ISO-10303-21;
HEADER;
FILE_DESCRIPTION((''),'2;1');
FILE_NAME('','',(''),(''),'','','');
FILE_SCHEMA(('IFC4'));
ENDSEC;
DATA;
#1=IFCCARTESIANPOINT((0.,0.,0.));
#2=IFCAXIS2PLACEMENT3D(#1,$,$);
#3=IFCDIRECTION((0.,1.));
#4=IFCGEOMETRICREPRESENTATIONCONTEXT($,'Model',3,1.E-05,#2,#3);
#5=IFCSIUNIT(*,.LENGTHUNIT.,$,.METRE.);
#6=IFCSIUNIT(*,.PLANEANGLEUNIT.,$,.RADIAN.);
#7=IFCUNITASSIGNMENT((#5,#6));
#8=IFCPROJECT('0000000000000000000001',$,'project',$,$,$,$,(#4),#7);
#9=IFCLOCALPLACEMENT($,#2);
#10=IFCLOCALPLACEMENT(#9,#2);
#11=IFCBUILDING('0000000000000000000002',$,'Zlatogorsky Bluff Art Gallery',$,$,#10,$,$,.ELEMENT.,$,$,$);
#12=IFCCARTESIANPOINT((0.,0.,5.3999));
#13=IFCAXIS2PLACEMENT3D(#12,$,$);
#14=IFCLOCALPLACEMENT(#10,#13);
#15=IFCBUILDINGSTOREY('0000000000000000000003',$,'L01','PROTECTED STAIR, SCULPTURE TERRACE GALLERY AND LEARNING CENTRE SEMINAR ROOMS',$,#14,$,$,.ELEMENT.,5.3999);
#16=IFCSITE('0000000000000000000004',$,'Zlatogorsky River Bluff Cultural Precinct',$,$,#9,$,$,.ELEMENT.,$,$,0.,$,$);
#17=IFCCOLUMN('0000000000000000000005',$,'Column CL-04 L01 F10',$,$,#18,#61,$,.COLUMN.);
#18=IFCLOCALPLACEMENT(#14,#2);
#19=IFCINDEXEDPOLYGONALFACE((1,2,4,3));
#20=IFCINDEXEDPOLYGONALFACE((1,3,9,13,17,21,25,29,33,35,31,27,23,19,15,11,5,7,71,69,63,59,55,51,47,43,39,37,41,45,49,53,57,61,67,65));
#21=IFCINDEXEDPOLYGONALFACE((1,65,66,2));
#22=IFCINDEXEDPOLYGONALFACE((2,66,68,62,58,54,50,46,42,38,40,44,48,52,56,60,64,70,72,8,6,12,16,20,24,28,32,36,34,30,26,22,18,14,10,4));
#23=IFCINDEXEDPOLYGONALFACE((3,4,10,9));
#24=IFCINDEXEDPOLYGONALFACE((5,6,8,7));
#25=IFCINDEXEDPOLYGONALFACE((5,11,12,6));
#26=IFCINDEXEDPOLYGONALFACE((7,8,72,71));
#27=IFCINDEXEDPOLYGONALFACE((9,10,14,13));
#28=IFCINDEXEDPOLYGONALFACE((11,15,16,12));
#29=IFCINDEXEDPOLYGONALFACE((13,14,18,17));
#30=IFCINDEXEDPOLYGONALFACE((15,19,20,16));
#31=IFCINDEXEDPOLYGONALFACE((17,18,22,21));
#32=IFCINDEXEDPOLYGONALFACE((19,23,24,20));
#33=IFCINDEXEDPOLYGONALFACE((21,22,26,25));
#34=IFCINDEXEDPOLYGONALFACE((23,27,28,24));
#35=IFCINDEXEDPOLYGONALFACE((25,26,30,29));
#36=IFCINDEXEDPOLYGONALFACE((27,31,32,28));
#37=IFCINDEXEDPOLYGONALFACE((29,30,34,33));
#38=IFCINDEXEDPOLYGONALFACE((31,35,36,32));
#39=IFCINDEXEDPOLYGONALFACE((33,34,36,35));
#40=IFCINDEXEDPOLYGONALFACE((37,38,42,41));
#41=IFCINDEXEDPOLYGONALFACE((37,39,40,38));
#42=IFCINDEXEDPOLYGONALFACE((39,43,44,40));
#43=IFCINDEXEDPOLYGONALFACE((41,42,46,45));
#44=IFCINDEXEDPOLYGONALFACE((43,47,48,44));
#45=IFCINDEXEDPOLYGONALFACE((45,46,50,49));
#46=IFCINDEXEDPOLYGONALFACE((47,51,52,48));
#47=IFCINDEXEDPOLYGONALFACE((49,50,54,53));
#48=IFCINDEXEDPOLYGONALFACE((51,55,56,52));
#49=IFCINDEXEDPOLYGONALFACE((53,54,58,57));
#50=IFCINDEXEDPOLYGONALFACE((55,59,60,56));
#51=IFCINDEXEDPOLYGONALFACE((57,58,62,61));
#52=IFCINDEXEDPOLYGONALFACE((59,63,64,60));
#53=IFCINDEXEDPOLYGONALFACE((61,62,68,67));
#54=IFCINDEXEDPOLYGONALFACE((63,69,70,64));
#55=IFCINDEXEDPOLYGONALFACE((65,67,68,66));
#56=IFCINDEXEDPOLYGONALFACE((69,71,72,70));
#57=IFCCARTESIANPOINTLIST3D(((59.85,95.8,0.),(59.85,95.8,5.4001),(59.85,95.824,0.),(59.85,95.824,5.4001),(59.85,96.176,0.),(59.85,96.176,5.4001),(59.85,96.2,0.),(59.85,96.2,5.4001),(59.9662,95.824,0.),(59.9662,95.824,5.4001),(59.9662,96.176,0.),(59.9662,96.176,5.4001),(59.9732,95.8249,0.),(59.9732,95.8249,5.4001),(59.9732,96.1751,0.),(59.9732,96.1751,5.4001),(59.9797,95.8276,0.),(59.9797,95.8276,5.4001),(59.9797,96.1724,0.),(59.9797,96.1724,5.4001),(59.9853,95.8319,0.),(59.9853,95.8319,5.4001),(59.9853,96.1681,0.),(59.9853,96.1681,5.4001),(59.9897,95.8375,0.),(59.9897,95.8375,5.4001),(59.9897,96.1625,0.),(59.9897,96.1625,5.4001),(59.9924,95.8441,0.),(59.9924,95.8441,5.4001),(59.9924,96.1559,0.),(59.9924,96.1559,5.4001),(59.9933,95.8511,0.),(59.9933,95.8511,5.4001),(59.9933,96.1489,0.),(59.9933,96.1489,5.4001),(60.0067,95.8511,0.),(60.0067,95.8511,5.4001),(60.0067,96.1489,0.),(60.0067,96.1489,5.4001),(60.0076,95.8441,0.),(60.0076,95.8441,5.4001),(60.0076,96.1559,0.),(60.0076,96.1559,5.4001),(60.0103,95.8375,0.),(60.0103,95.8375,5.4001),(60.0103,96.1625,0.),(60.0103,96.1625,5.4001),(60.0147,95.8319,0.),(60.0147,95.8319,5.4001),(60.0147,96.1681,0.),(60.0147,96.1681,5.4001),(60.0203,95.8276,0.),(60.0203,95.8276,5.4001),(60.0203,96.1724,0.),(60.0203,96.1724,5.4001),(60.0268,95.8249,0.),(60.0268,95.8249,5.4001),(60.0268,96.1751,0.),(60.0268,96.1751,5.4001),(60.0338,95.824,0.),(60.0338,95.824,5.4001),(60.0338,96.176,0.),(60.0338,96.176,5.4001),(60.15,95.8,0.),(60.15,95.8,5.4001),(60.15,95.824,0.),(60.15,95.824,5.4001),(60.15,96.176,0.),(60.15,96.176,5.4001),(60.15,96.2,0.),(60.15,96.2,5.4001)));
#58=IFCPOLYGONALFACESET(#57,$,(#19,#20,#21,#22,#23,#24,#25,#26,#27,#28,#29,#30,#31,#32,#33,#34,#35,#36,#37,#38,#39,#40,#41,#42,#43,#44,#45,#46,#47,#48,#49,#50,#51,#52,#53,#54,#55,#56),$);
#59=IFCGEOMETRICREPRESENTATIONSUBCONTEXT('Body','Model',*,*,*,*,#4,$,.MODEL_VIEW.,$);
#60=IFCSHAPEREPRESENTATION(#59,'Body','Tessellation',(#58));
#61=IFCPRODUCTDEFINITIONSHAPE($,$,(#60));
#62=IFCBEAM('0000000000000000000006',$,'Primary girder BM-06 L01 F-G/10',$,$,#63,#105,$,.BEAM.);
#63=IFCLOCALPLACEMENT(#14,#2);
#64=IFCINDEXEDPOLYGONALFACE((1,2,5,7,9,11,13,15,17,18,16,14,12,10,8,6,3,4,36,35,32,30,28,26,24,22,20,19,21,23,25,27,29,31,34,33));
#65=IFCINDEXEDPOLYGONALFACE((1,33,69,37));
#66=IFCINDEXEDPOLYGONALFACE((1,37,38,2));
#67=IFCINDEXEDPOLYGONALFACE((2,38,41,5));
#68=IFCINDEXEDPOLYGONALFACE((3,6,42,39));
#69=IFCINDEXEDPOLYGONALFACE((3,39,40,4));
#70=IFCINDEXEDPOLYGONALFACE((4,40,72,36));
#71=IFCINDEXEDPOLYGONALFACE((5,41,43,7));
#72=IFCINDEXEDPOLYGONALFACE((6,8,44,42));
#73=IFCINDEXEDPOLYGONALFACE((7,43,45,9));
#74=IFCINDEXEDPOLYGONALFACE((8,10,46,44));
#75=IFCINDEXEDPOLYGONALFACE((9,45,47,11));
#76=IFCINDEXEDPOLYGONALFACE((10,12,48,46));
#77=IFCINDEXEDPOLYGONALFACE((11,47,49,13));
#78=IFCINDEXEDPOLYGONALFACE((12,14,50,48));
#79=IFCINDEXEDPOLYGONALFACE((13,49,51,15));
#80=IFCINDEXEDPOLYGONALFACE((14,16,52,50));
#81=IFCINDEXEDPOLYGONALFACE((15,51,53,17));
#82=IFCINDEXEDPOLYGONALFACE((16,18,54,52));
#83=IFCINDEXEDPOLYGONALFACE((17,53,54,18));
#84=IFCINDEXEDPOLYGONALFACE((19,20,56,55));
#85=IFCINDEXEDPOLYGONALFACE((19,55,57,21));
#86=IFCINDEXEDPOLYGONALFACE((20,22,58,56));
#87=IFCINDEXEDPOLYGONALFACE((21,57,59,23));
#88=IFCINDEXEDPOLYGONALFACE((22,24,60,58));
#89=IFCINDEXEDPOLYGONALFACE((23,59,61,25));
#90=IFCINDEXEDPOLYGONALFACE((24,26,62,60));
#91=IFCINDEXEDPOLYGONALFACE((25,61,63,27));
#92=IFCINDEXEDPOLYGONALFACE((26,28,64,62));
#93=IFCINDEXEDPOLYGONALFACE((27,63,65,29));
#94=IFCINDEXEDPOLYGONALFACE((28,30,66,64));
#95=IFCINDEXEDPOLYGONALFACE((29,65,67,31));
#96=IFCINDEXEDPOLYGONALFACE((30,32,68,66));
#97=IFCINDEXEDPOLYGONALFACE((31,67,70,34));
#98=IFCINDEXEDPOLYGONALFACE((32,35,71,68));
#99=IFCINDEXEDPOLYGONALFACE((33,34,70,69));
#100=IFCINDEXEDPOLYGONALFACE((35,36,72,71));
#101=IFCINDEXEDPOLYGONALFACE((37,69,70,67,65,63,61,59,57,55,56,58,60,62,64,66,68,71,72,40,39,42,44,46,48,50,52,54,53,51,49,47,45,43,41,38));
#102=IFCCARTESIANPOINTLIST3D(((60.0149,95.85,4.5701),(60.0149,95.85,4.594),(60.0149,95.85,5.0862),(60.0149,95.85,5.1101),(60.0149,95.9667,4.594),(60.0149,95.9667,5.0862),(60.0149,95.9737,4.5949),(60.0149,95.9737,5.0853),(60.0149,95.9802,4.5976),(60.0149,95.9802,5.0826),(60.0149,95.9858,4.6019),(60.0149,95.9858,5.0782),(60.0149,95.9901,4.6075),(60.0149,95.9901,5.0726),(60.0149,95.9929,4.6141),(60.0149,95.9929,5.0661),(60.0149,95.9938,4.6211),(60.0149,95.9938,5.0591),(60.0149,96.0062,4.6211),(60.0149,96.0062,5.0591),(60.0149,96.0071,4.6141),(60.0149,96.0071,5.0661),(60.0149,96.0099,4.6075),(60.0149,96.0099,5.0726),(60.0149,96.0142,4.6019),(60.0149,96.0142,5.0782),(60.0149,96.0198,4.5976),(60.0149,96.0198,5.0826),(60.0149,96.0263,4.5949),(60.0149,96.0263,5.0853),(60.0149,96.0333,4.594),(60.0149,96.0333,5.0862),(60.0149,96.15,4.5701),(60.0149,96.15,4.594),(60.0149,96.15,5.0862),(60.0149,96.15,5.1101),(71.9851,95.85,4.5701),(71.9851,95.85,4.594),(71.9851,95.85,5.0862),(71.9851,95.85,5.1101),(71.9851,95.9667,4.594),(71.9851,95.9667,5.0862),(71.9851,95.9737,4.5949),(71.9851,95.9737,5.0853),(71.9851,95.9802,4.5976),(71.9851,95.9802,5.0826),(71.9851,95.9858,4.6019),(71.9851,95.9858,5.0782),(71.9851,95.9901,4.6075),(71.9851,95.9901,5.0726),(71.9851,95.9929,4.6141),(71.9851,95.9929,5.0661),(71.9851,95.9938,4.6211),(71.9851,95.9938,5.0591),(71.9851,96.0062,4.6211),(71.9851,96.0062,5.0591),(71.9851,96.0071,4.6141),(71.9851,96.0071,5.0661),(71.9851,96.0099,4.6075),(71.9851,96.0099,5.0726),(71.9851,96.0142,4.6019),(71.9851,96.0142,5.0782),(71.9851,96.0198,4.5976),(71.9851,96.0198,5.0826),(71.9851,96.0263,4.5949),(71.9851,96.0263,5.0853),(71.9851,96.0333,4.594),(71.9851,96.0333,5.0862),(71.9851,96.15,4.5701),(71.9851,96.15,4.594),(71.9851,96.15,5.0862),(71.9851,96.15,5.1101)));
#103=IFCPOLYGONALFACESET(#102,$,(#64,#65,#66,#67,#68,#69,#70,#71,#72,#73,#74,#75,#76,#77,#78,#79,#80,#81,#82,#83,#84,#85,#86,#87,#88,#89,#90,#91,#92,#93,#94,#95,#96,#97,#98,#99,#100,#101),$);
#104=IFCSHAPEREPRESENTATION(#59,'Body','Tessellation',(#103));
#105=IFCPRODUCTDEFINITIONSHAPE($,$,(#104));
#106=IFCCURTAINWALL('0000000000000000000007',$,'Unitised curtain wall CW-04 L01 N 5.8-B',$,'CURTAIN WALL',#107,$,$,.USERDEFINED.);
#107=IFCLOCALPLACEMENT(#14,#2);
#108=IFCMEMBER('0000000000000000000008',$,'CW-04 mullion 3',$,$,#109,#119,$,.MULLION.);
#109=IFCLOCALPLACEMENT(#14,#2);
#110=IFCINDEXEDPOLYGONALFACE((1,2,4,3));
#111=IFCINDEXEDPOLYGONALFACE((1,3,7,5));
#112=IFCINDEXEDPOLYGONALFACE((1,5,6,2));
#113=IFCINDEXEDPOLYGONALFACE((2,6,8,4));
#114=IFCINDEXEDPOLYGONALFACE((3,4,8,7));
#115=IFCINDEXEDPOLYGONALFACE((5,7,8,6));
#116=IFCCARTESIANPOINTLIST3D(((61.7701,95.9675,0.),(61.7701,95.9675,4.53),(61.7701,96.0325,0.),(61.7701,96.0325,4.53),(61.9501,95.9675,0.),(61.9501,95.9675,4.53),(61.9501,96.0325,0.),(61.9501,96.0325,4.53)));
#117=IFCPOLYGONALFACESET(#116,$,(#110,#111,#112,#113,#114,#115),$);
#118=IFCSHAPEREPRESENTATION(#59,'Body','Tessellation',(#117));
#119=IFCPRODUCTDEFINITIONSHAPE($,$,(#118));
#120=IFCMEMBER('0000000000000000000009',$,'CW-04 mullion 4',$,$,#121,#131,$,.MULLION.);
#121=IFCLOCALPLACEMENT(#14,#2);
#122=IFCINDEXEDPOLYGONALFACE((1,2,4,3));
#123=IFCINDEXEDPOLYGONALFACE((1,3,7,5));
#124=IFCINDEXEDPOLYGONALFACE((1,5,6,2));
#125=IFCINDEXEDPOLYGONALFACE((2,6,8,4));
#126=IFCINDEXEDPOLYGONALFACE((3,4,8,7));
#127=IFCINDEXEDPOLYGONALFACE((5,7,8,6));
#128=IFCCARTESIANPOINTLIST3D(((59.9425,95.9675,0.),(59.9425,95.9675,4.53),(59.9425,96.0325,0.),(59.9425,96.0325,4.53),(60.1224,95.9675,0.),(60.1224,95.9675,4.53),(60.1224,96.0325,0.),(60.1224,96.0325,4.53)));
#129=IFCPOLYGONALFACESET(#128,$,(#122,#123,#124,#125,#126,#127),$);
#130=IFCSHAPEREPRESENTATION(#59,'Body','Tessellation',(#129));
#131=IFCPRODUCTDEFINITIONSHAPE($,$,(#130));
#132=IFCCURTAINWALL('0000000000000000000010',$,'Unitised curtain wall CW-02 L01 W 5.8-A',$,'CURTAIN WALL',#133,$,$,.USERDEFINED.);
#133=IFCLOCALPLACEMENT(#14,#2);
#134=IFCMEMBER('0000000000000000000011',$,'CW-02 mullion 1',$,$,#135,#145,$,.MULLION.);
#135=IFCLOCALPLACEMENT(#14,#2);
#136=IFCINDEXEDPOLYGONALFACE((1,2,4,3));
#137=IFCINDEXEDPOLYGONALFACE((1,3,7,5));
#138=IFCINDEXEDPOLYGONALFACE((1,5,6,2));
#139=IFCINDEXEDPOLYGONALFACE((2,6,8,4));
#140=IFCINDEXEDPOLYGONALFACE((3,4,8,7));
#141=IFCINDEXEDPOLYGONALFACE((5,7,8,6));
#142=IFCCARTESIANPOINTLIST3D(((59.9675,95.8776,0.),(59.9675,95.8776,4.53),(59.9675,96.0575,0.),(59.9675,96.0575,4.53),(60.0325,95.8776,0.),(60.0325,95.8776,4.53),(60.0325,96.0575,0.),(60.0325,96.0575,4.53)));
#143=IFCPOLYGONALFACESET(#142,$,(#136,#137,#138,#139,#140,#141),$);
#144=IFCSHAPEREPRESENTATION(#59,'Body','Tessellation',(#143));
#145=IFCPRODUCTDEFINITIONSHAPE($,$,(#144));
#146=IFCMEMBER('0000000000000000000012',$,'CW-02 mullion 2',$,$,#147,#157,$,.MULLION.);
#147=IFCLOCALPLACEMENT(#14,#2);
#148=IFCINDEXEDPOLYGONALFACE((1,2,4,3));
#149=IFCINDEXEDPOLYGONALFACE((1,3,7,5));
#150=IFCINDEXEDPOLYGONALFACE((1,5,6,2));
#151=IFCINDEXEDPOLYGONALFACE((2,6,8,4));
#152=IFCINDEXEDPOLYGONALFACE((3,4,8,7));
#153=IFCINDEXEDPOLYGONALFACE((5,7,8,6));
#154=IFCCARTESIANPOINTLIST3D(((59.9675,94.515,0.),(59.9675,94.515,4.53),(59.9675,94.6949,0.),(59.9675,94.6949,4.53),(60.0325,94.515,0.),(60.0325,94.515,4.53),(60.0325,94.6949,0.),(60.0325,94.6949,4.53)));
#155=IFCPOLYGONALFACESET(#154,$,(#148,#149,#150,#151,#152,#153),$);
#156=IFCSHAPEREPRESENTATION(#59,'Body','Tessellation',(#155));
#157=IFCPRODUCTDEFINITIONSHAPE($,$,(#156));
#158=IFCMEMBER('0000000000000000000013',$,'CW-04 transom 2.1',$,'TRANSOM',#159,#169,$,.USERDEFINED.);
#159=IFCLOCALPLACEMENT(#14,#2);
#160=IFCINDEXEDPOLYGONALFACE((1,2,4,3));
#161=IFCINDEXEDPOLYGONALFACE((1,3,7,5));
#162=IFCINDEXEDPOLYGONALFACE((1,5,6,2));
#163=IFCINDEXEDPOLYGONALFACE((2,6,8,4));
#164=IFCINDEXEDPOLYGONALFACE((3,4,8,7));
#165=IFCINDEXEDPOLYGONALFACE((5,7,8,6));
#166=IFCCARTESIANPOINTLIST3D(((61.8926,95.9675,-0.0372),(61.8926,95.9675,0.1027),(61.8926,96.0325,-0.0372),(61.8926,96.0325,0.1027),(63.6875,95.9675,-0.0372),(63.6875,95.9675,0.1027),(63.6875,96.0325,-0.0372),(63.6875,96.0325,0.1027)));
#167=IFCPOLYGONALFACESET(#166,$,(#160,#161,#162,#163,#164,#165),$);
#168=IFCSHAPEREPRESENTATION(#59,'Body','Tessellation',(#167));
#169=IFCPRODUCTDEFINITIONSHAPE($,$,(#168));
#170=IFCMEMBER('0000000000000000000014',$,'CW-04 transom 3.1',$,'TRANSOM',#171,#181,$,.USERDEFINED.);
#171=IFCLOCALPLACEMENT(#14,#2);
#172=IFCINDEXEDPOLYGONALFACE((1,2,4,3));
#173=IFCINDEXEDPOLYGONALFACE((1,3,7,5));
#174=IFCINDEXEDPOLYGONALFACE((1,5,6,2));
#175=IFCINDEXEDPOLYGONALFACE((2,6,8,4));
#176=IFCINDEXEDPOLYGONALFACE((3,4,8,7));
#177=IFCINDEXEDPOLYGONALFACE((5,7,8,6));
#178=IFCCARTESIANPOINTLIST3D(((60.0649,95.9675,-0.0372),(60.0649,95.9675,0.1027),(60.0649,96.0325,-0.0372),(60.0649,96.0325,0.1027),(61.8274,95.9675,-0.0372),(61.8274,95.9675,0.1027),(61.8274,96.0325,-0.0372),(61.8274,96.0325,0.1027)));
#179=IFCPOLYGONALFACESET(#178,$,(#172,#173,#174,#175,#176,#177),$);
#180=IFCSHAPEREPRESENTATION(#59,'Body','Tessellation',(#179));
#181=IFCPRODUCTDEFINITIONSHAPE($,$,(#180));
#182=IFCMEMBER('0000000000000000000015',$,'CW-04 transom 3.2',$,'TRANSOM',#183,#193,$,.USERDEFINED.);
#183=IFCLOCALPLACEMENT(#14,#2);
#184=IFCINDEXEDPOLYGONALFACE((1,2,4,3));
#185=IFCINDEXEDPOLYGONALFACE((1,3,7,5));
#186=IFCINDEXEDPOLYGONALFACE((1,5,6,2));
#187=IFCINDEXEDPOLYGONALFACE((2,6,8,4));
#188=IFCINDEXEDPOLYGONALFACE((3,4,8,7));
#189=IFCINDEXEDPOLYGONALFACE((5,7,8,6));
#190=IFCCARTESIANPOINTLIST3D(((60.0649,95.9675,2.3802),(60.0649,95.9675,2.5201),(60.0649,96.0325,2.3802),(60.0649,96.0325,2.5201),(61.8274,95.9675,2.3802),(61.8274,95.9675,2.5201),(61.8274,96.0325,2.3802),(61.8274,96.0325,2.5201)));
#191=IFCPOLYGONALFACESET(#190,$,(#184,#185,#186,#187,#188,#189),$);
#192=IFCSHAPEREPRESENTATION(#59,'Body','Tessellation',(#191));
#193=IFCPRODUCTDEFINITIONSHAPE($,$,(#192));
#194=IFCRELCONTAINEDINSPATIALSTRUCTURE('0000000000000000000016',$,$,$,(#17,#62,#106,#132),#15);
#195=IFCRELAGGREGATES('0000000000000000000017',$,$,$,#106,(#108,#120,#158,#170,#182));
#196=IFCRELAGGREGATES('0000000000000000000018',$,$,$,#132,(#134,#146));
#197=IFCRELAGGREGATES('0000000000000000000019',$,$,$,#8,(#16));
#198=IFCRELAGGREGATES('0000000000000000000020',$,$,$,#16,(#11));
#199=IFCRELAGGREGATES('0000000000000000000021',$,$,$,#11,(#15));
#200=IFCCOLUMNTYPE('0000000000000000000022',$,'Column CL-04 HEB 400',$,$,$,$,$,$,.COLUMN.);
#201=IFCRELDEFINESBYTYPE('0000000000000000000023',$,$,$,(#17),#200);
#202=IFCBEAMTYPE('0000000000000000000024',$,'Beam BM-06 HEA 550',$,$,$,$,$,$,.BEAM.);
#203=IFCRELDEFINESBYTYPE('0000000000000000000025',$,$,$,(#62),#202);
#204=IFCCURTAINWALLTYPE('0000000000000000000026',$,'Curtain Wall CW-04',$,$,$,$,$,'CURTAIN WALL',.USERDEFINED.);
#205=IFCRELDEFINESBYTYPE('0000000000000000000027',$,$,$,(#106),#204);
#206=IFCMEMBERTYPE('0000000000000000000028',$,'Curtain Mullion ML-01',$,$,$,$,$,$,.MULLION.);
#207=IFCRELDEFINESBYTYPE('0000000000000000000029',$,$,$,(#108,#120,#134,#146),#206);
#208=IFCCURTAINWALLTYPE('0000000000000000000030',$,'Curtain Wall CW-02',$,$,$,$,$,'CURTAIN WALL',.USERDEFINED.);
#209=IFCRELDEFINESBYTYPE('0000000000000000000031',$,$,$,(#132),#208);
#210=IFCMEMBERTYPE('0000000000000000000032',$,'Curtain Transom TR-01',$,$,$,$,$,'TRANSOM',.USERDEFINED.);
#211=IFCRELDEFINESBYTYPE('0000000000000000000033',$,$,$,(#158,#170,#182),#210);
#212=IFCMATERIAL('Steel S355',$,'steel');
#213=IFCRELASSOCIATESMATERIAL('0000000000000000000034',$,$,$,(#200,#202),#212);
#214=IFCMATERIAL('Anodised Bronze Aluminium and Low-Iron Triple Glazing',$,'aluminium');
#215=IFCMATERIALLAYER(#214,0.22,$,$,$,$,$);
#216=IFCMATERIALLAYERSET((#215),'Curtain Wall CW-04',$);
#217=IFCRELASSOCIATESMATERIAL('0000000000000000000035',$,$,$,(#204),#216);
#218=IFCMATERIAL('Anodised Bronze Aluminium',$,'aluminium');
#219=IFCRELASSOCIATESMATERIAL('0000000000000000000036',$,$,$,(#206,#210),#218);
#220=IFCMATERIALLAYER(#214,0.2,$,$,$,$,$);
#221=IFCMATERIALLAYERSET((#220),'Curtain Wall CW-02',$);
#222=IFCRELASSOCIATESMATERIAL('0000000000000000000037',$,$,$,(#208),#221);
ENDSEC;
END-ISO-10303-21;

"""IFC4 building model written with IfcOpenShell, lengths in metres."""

from ifc_helpers import new_model, si_unit, direction, frame, origin, origin_2d, place, context, subcontext, project, spatial, rectangle, i_section, extrude, material, layer, layer_set, material_profile, profile_set, type_object, element, aggregate, save


model = new_model("IFC4")

# Units and contexts
model_context = context("Model", 3, precision=1e-05, world=origin(), true_north=direction((0.0, 1.0)))
body_context = subcontext(model_context, "Body", "Model", "MODEL_VIEW")
ifc_project = project(units=[si_unit("LENGTHUNIT", "METRE"), si_unit("PLANEANGLEUNIT", "RADIAN")], contexts=[model_context])

# Site, building, storey
site_placement = place(None, origin())
site = spatial("IfcSite", under=ifc_project, at=site_placement, Name="Zlatogorsky River Bluff Cultural Precinct", CompositionType="ELEMENT", RefElevation=0.0)
building_placement = place(site_placement, origin())
building = spatial("IfcBuilding", under=site, at=building_placement, Name="Zlatogorsky Bluff Art Gallery", CompositionType="ELEMENT")
storey_placement = place(building_placement, frame((0.0, 0.0, 5.3999)))
storey = spatial("IfcBuildingStorey", under=building, at=storey_placement, Name="L01", Description="PROTECTED STAIR, SCULPTURE TERRACE GALLERY AND LEARNING CENTRE SEMINAR ROOMS", CompositionType="ELEMENT", Elevation=5.3999)

# Column
ifc_material_1 = material(Name="Steel S355", Category="steel")
ifc_material_profile_1 = material_profile(ifc_material_1, i_section(OverallWidth=0.3, OverallDepth=0.3999, WebThickness=0.0134, FlangeThickness=0.0239, FilletRadius=0.0271, at=origin_2d()), Name="HEB 400")
ifc_profile_set_1 = profile_set([ifc_material_profile_1], Name="Steel S355")
column_type = type_object("IfcColumnType", Name="Column CL-04 HEB 400", PredefinedType="COLUMN", material=ifc_profile_set_1)
column_placement = place(storey_placement, frame((60.0, 96.0, 0.0), z_axis=(0.0, 0.0, 1.0), x_axis=(1.0, 0.0, 0.0)))
element("IfcColumn", 1, at=column_placement, inside=storey, type_object=column_type, Name="Column CL-04 L01 F10", PredefinedType="COLUMN", context=body_context, shape_type="SweptSolid", body=[
    extrude(i_section(OverallWidth=0.3, OverallDepth=0.3999, WebThickness=0.0134, FlangeThickness=0.0239, FilletRadius=0.0271, at=origin_2d()), origin(), (0.0, 0.0, 1.0), 5.4001),
])

# Beam
ifc_material_profile_2 = material_profile(ifc_material_1, i_section(OverallWidth=0.3, OverallDepth=0.54, WebThickness=0.0125, FlangeThickness=0.0239, FilletRadius=0.0271, at=origin_2d()), Name="HEA 550")
ifc_profile_set_2 = profile_set([ifc_material_profile_2], Name="Steel S355")
beam_type = type_object("IfcBeamType", Name="Beam BM-06 HEA 550", PredefinedType="BEAM", material=ifc_profile_set_2)
beam_placement = place(storey_placement, frame((60.0149, 96.0, 4.8401), z_axis=(1.0, 0.0, 0.0), x_axis=(0.0, 1.0, 0.0)))
element("IfcBeam", 2, at=beam_placement, inside=storey, type_object=beam_type, Name="Primary girder BM-06 L01 F-G/10", PredefinedType="BEAM", context=body_context, shape_type="SweptSolid", body=[
    extrude(i_section(OverallWidth=0.3, OverallDepth=0.54, WebThickness=0.0125, FlangeThickness=0.0239, FilletRadius=0.0271, at=origin_2d()), origin(), (0.0, 0.0, 1.0), 11.9702),
])

# Curtain walls, members
ifc_material_2 = material(Name="Anodised Bronze Aluminium and Low-Iron Triple Glazing", Category="aluminium")
ifc_layer_1 = layer(ifc_material_2, 0.22)
ifc_layer_set_1 = layer_set([ifc_layer_1], Name="Curtain Wall CW-04")
curtain_wall_type_1 = type_object("IfcCurtainWallType", Name="Curtain Wall CW-04", ElementType="CURTAIN WALL", PredefinedType="USERDEFINED", material=ifc_layer_set_1)
curtain_wall_1_placement = place(storey_placement, origin())
curtain_wall_1 = element("IfcCurtainWall", 3, at=curtain_wall_1_placement, inside=storey, type_object=curtain_wall_type_1, Name="Unitised curtain wall CW-04 L01 N 5.8-B", ObjectType="CURTAIN WALL", PredefinedType="USERDEFINED")
ifc_material_3 = material(Name="Anodised Bronze Aluminium", Category="aluminium")
ifc_material_profile_3 = material_profile(ifc_material_3, rectangle(XDim=0.0649, YDim=0.1799, at=origin_2d()), Name="ALU MULLION 65x180")
ifc_profile_set_3 = profile_set([ifc_material_profile_3], Name="Anodised Bronze Aluminium")
member_type_1 = type_object("IfcMemberType", Name="Curtain Mullion ML-01", PredefinedType="MULLION", material=ifc_profile_set_3)
member_1_placement = place(storey_placement, frame((61.8601, 96.0, 0.0), z_axis=(0.0, 0.0, 1.0), x_axis=(0.0, -1.0, 0.0)))
member_1 = element("IfcMember", 4, at=member_1_placement, type_object=member_type_1, Name="CW-04 mullion 3", PredefinedType="MULLION", context=body_context, shape_type="SweptSolid", body=[
    extrude(rectangle(XDim=0.0649, YDim=0.1799, at=origin_2d()), origin(), (0.0, 0.0, 1.0), 4.53),
])
member_2_placement = place(storey_placement, frame((60.0325, 96.0, 0.0), z_axis=(0.0, 0.0, 1.0), x_axis=(0.0, -1.0, 0.0)))
member_2 = element("IfcMember", 5, at=member_2_placement, type_object=member_type_1, Name="CW-04 mullion 4", PredefinedType="MULLION", context=body_context, shape_type="SweptSolid", body=[
    extrude(rectangle(XDim=0.0649, YDim=0.1799, at=origin_2d()), origin(), (0.0, 0.0, 1.0), 4.53),
])
ifc_layer_2 = layer(ifc_material_2, 0.2)
ifc_layer_set_2 = layer_set([ifc_layer_2], Name="Curtain Wall CW-02")
curtain_wall_type_2 = type_object("IfcCurtainWallType", Name="Curtain Wall CW-02", ElementType="CURTAIN WALL", PredefinedType="USERDEFINED", material=ifc_layer_set_2)
curtain_wall_2_placement = place(storey_placement, origin())
curtain_wall_2 = element("IfcCurtainWall", 6, at=curtain_wall_2_placement, inside=storey, type_object=curtain_wall_type_2, Name="Unitised curtain wall CW-02 L01 W 5.8-A", ObjectType="CURTAIN WALL", PredefinedType="USERDEFINED")
member_3_placement = place(storey_placement, frame((60.0, 95.9675, 0.0), z_axis=(0.0, 0.0, 1.0), x_axis=(1.0, 0.0, 0.0)))
member_3 = element("IfcMember", 7, at=member_3_placement, type_object=member_type_1, Name="CW-02 mullion 1", PredefinedType="MULLION", context=body_context, shape_type="SweptSolid", body=[
    extrude(rectangle(XDim=0.0649, YDim=0.1799, at=origin_2d()), origin(), (0.0, 0.0, 1.0), 4.53),
])
member_4_placement = place(storey_placement, frame((60.0, 94.605, 0.0), z_axis=(0.0, 0.0, 1.0), x_axis=(1.0, 0.0, 0.0)))
member_4 = element("IfcMember", 8, at=member_4_placement, type_object=member_type_1, Name="CW-02 mullion 2", PredefinedType="MULLION", context=body_context, shape_type="SweptSolid", body=[
    extrude(rectangle(XDim=0.0649, YDim=0.1799, at=origin_2d()), origin(), (0.0, 0.0, 1.0), 4.53),
])

# Members
ifc_material_profile_4 = material_profile(ifc_material_3, rectangle(XDim=0.0649, YDim=0.1399, at=origin_2d()), Name="ALU TRANSOM 65x140")
ifc_profile_set_4 = profile_set([ifc_material_profile_4], Name="Anodised Bronze Aluminium")
member_type_2 = type_object("IfcMemberType", Name="Curtain Transom TR-01", ElementType="TRANSOM", PredefinedType="USERDEFINED", material=ifc_profile_set_4)
member_5_placement = place(storey_placement, frame((63.6875, 96.0, 0.0327), z_axis=(-1.0, 0.0, 0.0), x_axis=(0.0, -1.0, 0.0)))
member_5 = element("IfcMember", 9, at=member_5_placement, type_object=member_type_2, Name="CW-04 transom 2.1", ObjectType="TRANSOM", PredefinedType="USERDEFINED", context=body_context, shape_type="SweptSolid", body=[
    extrude(rectangle(XDim=0.0649, YDim=0.1399, at=origin_2d()), origin(), (0.0, 0.0, 1.0), 1.7949),
])
member_6_placement = place(storey_placement, frame((61.8274, 96.0, 0.0327), z_axis=(-1.0, 0.0, 0.0), x_axis=(0.0, -1.0, 0.0)))
member_6 = element("IfcMember", 10, at=member_6_placement, type_object=member_type_2, Name="CW-04 transom 3.1", ObjectType="TRANSOM", PredefinedType="USERDEFINED", context=body_context, shape_type="SweptSolid", body=[
    extrude(rectangle(XDim=0.0649, YDim=0.1399, at=origin_2d()), origin(), (0.0, 0.0, 1.0), 1.7625),
])
member_7_placement = place(storey_placement, frame((61.8274, 96.0, 2.4502), z_axis=(-1.0, 0.0, 0.0), x_axis=(0.0, -1.0, 0.0)))
member_7 = element("IfcMember", 11, at=member_7_placement, type_object=member_type_2, Name="CW-04 transom 3.2", ObjectType="TRANSOM", PredefinedType="USERDEFINED", context=body_context, shape_type="SweptSolid", body=[
    extrude(rectangle(XDim=0.0649, YDim=0.1399, at=origin_2d()), origin(), (0.0, 0.0, 1.0), 1.7625),
])

aggregate(curtain_wall_1, [member_1, member_2, member_5, member_6, member_7])
aggregate(curtain_wall_2, [member_3, member_4])

save(model, "model.ifc")
